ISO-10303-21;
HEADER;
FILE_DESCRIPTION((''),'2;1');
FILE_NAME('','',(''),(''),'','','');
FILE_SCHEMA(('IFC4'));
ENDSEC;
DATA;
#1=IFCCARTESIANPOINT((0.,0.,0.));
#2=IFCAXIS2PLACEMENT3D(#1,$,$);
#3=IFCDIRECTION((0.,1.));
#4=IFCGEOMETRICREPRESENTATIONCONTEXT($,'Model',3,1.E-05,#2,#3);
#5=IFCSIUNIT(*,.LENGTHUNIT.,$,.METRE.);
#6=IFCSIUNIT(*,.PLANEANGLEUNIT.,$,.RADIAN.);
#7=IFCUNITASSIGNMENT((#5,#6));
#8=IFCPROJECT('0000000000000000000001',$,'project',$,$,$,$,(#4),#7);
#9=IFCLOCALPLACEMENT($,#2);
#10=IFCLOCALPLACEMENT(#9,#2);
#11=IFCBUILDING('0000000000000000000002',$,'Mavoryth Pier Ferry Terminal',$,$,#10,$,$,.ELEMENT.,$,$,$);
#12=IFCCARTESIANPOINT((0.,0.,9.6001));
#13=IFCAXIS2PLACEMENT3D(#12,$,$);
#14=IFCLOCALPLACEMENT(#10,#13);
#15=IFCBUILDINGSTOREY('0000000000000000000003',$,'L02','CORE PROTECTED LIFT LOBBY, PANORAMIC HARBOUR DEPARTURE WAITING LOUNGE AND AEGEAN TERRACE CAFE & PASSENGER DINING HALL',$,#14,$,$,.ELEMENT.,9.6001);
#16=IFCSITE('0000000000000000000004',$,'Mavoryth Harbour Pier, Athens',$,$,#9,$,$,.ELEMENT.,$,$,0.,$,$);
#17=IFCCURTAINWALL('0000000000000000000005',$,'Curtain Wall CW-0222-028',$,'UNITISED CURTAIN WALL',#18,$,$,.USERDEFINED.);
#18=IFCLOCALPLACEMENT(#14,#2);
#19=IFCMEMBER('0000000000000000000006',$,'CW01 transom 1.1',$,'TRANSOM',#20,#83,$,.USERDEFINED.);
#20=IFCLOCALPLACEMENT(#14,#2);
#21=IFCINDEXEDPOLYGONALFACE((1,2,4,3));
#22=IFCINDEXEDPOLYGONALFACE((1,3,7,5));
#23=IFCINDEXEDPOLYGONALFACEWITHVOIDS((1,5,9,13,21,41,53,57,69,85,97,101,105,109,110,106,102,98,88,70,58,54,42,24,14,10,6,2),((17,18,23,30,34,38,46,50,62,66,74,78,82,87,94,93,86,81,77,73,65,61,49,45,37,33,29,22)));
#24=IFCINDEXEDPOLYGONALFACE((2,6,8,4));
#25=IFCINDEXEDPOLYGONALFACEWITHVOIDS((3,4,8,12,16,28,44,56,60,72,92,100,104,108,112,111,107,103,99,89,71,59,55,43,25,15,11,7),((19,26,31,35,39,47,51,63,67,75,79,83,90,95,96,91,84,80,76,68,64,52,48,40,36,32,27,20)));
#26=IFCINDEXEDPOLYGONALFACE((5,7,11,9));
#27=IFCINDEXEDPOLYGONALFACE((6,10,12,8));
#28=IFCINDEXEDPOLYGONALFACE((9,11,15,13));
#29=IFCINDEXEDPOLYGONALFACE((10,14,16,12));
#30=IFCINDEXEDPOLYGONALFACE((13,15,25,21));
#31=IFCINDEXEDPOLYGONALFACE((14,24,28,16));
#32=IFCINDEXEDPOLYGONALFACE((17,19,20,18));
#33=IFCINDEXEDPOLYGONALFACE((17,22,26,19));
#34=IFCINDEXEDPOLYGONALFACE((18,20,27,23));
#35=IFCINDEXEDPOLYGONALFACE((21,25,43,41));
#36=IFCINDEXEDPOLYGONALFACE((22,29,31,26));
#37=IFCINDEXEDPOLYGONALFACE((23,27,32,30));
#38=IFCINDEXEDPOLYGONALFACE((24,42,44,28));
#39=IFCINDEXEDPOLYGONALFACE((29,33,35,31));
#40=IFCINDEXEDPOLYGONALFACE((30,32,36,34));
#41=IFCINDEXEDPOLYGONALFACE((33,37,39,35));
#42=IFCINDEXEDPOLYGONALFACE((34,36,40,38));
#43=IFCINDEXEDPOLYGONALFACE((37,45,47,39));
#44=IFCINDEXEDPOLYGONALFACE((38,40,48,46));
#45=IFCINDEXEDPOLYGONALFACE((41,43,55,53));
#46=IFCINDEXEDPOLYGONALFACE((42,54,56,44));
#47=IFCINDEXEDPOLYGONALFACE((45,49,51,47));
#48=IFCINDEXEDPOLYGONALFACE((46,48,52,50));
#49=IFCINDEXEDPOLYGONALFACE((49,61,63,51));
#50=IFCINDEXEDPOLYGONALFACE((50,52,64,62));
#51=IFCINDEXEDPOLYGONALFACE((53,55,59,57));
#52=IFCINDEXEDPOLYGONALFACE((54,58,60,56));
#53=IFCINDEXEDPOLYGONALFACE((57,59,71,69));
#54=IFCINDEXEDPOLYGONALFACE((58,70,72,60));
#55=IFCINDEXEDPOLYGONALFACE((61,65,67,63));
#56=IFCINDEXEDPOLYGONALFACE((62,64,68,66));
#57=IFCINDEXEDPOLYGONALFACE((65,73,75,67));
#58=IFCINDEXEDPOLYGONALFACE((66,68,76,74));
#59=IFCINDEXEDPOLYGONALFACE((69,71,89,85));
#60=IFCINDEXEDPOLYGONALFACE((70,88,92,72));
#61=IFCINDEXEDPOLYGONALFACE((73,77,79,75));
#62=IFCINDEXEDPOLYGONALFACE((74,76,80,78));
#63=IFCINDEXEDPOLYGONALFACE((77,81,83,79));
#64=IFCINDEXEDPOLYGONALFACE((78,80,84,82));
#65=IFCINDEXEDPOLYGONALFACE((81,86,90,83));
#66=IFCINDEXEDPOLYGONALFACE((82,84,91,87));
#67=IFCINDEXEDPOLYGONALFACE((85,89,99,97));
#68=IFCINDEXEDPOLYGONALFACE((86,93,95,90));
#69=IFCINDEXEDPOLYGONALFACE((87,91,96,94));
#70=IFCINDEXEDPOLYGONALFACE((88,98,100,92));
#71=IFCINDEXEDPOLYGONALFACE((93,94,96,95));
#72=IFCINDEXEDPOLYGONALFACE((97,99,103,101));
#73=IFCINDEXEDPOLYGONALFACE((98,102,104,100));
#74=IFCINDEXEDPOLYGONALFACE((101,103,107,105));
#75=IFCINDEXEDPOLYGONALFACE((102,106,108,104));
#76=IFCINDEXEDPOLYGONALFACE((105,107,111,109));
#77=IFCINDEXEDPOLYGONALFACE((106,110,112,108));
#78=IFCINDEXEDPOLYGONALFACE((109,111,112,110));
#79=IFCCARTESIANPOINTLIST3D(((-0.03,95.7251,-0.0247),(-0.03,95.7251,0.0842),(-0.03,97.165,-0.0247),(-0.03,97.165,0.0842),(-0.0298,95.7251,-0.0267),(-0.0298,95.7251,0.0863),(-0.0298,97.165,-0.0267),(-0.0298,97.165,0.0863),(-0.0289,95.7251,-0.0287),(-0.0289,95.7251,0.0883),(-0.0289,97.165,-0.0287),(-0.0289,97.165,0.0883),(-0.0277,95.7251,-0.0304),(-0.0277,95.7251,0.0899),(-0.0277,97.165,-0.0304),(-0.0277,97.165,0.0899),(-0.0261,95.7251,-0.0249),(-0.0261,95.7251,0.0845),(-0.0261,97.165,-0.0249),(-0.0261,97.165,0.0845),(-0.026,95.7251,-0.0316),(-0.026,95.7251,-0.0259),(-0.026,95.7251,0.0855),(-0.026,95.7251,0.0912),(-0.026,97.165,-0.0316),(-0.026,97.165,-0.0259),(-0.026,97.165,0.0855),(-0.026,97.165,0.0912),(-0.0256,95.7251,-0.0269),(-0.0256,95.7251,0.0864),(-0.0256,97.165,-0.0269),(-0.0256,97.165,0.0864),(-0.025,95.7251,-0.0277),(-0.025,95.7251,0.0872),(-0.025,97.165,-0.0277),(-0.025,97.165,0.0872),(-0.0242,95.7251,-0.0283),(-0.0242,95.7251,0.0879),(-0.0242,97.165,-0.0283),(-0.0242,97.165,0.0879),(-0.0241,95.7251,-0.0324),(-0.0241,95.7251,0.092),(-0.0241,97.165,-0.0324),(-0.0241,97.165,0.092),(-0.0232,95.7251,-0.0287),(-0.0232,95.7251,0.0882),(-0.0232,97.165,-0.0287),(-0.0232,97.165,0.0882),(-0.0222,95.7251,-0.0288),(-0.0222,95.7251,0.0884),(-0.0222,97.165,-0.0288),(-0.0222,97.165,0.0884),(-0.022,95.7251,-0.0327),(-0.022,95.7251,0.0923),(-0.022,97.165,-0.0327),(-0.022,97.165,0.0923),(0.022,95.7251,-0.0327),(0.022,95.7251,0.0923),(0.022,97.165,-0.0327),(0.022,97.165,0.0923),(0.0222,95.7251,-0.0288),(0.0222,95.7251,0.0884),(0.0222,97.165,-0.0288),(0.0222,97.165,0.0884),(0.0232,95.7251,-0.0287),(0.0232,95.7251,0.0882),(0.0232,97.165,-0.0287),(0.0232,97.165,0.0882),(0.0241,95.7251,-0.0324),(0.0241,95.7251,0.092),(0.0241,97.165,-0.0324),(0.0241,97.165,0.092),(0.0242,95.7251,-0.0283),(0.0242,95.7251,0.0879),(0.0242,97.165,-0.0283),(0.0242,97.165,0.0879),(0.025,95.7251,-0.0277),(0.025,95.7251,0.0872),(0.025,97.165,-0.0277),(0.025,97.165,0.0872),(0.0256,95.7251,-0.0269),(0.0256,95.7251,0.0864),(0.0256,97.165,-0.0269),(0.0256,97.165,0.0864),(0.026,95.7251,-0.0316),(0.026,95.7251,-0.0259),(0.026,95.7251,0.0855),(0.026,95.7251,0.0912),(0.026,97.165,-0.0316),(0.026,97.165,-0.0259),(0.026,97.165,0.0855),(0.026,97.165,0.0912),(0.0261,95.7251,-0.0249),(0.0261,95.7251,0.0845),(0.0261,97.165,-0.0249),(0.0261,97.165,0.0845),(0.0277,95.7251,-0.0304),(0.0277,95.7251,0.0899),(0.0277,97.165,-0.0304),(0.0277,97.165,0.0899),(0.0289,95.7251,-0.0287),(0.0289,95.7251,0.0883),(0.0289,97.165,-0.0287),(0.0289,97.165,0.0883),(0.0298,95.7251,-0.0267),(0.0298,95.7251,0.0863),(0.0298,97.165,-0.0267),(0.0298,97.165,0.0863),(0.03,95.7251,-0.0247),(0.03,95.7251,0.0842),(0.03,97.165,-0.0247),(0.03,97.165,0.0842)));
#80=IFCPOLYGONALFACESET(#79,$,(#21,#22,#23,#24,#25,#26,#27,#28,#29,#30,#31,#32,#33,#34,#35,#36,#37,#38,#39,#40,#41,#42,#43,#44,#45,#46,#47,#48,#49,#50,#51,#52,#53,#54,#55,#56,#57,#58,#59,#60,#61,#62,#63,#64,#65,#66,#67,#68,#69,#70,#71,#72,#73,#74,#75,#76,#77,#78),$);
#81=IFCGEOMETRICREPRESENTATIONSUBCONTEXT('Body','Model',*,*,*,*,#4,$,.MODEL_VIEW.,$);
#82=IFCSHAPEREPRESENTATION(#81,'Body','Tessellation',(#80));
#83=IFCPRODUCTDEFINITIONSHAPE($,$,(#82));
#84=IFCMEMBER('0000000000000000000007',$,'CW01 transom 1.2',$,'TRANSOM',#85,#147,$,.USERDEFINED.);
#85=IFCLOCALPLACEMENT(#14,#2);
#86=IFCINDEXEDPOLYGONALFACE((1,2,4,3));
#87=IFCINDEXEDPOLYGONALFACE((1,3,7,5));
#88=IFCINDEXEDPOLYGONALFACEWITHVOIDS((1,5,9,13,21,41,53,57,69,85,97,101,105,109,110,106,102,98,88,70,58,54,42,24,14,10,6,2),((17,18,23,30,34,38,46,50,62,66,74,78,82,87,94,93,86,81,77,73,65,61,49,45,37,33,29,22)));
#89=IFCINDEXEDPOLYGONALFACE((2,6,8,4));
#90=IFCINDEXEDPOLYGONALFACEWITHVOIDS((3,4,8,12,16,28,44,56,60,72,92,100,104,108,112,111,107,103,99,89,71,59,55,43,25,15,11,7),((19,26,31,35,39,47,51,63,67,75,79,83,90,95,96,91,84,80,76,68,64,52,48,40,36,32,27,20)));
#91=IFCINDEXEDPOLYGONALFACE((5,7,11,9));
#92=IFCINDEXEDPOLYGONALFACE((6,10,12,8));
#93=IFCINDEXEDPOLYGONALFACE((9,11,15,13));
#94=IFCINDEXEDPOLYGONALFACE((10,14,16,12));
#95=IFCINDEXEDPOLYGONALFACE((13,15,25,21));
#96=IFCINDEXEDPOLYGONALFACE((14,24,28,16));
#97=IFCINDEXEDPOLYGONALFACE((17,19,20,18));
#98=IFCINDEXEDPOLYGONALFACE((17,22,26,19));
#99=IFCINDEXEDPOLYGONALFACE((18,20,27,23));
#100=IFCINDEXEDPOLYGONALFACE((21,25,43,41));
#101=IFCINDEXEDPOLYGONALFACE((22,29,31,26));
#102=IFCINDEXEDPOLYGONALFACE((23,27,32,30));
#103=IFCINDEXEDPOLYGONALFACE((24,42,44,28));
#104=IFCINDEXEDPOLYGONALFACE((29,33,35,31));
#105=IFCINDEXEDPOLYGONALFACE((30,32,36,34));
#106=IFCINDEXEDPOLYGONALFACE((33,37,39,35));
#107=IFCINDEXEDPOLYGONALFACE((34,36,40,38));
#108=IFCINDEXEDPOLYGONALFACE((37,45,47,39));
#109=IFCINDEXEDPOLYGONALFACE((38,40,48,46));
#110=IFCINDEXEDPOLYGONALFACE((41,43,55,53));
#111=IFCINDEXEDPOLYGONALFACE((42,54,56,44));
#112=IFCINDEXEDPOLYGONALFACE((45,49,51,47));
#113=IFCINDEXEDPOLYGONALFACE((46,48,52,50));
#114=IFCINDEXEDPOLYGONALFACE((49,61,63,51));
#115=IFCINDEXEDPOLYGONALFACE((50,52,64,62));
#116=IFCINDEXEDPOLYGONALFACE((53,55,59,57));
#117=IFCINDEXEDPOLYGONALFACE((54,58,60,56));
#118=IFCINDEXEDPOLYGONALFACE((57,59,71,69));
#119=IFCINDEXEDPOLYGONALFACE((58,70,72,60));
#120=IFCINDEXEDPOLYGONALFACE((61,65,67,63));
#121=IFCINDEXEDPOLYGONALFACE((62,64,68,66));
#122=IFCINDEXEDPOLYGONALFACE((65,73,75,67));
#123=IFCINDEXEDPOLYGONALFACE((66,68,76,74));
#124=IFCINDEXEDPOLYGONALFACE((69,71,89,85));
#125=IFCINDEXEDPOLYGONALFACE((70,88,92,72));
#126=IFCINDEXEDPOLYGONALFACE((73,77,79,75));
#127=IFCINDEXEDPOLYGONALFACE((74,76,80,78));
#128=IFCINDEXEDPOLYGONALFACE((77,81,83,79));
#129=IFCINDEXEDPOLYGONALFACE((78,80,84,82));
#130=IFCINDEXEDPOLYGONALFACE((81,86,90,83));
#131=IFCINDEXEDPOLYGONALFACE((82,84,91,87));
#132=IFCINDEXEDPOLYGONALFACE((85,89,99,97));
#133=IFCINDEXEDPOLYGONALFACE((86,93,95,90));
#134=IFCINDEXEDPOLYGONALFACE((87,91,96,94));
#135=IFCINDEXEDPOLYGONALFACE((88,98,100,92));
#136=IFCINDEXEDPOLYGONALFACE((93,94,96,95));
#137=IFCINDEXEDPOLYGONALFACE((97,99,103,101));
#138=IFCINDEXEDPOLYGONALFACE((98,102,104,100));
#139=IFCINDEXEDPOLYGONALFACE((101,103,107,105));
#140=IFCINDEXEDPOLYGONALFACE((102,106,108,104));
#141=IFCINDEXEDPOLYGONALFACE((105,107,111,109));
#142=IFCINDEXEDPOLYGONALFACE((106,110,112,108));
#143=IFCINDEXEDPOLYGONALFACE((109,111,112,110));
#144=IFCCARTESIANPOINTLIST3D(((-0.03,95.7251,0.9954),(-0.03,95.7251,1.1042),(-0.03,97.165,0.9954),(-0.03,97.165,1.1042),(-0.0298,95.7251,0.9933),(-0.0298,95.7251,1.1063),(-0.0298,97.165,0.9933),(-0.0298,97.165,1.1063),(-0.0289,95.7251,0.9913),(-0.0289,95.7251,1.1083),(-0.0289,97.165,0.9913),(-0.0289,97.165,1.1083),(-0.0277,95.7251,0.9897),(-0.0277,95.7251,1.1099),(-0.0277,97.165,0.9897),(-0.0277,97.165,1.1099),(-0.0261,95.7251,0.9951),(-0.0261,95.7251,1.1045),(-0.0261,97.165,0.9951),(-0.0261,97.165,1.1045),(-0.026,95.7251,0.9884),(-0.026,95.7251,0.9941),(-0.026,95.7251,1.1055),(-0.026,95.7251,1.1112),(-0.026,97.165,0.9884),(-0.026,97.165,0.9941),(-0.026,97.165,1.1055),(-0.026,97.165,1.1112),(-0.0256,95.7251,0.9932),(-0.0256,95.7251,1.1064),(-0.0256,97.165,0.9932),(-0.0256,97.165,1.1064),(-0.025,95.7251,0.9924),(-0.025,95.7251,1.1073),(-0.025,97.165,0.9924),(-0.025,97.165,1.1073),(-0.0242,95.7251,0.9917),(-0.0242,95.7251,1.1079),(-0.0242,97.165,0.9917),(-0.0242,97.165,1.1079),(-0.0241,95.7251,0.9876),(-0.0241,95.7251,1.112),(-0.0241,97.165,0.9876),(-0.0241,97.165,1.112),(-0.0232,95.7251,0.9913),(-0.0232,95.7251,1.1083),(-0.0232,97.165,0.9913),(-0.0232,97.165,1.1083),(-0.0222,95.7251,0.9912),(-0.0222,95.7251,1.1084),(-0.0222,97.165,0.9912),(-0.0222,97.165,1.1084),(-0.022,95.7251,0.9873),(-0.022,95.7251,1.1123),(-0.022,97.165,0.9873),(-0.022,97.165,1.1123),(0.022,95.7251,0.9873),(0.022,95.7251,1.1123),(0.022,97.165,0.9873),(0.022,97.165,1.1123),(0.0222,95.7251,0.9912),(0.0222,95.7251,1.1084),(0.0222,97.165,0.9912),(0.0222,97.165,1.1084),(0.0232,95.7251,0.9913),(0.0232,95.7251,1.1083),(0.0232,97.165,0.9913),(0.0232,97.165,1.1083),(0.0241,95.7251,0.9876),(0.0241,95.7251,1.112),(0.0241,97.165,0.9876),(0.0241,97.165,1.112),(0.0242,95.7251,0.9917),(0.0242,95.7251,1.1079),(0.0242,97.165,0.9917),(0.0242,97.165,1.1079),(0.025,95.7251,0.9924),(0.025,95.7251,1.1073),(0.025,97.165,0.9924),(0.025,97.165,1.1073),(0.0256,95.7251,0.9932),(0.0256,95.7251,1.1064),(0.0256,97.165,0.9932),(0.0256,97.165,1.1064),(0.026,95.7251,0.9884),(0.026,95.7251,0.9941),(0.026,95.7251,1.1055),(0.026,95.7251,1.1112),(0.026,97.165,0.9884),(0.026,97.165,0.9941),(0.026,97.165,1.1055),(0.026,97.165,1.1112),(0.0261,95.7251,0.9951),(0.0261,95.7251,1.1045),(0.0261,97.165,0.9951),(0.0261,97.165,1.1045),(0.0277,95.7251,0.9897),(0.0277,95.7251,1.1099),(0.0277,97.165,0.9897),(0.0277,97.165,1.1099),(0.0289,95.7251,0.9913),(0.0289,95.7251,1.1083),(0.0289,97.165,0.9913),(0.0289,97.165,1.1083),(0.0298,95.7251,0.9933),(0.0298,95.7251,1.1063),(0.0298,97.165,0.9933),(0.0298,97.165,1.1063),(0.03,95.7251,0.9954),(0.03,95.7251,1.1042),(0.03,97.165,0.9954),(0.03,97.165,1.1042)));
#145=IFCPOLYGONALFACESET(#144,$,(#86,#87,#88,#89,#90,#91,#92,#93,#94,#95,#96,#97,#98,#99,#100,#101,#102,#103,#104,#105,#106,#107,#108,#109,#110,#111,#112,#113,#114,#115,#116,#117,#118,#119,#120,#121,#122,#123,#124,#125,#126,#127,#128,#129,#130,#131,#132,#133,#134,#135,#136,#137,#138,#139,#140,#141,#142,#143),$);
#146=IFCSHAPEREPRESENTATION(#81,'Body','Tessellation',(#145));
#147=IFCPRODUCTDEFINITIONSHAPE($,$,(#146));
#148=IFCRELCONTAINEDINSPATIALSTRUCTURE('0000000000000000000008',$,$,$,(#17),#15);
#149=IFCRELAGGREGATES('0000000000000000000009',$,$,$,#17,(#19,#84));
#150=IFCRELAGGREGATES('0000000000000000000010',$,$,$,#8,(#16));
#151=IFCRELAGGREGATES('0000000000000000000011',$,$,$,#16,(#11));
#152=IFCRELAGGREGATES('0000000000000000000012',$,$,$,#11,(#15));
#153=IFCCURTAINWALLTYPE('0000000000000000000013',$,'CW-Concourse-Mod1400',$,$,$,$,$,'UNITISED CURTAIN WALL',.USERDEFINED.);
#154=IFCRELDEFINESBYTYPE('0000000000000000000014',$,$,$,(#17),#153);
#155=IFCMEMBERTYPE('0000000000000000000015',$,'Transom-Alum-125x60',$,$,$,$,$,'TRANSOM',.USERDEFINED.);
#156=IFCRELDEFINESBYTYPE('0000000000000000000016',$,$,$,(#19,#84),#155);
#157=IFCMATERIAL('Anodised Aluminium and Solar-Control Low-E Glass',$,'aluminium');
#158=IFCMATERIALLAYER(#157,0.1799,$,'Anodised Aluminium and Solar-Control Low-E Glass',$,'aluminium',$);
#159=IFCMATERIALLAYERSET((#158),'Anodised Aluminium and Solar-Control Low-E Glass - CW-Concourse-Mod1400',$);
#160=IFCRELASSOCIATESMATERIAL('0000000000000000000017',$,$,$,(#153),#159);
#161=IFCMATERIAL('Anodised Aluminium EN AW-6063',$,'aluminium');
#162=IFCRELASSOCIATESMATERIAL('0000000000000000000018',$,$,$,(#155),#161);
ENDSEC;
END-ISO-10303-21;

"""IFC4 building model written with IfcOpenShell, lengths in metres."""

from ifc_helpers import new_model, si_unit, direction, frame, origin, origin_2d, place, context, subcontext, project, spatial, hollow_rectangle, extrude, material, layer, layer_set, material_profile, profile_set, type_object, element, aggregate, save


model = new_model("IFC4")

# Units and contexts
model_context = context("Model", 3, precision=1e-05, world=origin(), true_north=direction((0.0, 1.0)))
body_context = subcontext(model_context, "Body", "Model", "MODEL_VIEW")
ifc_project = project(units=[si_unit("LENGTHUNIT", "METRE"), si_unit("PLANEANGLEUNIT", "RADIAN")], contexts=[model_context])

# Site, building, storey
site_placement = place(None, origin())
site = spatial("IfcSite", under=ifc_project, at=site_placement, Name="Mavoryth Harbour Pier, Athens", CompositionType="ELEMENT", RefElevation=0.0)
building_placement = place(site_placement, origin())
building = spatial("IfcBuilding", under=site, at=building_placement, Name="Mavoryth Pier Ferry Terminal", CompositionType="ELEMENT")
storey_placement = place(building_placement, frame((0.0, 0.0, 9.6001)))
storey = spatial("IfcBuildingStorey", under=building, at=storey_placement, Name="L02", Description="CORE PROTECTED LIFT LOBBY, PANORAMIC HARBOUR DEPARTURE WAITING LOUNGE AND AEGEAN TERRACE CAFE & PASSENGER DINING HALL", CompositionType="ELEMENT", Elevation=9.6001)

# Curtain wall
ifc_material_1 = material(Name="Anodised Aluminium and Solar-Control Low-E Glass", Category="aluminium")
ifc_layer_1 = layer(ifc_material_1, 0.1799, Name="Anodised Aluminium and Solar-Control Low-E Glass", Category="aluminium")
ifc_layer_set_1 = layer_set([ifc_layer_1], Name="Anodised Aluminium and Solar-Control Low-E Glass - CW-Concourse-Mod1400")
curtain_wall_type = type_object("IfcCurtainWallType", Name="CW-Concourse-Mod1400", ElementType="UNITISED CURTAIN WALL", PredefinedType="USERDEFINED", material=ifc_layer_set_1)
curtain_wall_placement = place(storey_placement, origin())
curtain_wall = element("IfcCurtainWall", 1, at=curtain_wall_placement, inside=storey, type_object=curtain_wall_type, Name="Curtain Wall CW-0222-028", ObjectType="UNITISED CURTAIN WALL", PredefinedType="USERDEFINED")
ifc_material_2 = material(Name="Anodised Aluminium EN AW-6063", Category="aluminium")

# Members
ifc_material_profile_1 = material_profile(ifc_material_2, hollow_rectangle(XDim=0.0601, YDim=0.125, WallThickness=0.0039, InnerFilletRadius=0.0039, OuterFilletRadius=0.0081, at=origin_2d()), Name="AL-TRAN 125x60x4", Category="aluminium")
ifc_profile_set_1 = profile_set([ifc_material_profile_1], Name="Anodised Aluminium EN AW-6063 - AL-TRAN 125x60x4")
member_type_1 = type_object("IfcMemberType", Name="Transom-Alum-125x60", ElementType="TRANSOM", PredefinedType="USERDEFINED", material=ifc_profile_set_1)
member_1_placement = place(storey_placement, frame((0.0, 97.165, 0.0298), z_axis=(0.0, -1.0, 0.0), x_axis=(1.0, 0.0, 0.0)))
member_1 = element("IfcMember", 2, at=member_1_placement, type_object=member_type_1, Name="CW01 transom 1.1", ObjectType="TRANSOM", PredefinedType="USERDEFINED", context=body_context, shape_type="SweptSolid", body=[
    extrude(hollow_rectangle(XDim=0.0601, YDim=0.125, WallThickness=0.0039, InnerFilletRadius=0.0039, OuterFilletRadius=0.0081, at=origin_2d()), origin(), (0.0, 0.0, 1.0), 1.4399),
])
member_2_placement = place(storey_placement, frame((0.0, 97.165, 1.0498), z_axis=(0.0, -1.0, 0.0), x_axis=(1.0, 0.0, 0.0)))
member_2 = element("IfcMember", 3, at=member_2_placement, type_object=member_type_1, Name="CW01 transom 1.2", ObjectType="TRANSOM", PredefinedType="USERDEFINED", context=body_context, shape_type="SweptSolid", body=[
    extrude(hollow_rectangle(XDim=0.0601, YDim=0.125, WallThickness=0.0039, InnerFilletRadius=0.0039, OuterFilletRadius=0.0081, at=origin_2d()), origin(), (0.0, 0.0, 1.0), 1.4399),
])

aggregate(curtain_wall, [member_1, member_2])

save(model, "model.ifc")
